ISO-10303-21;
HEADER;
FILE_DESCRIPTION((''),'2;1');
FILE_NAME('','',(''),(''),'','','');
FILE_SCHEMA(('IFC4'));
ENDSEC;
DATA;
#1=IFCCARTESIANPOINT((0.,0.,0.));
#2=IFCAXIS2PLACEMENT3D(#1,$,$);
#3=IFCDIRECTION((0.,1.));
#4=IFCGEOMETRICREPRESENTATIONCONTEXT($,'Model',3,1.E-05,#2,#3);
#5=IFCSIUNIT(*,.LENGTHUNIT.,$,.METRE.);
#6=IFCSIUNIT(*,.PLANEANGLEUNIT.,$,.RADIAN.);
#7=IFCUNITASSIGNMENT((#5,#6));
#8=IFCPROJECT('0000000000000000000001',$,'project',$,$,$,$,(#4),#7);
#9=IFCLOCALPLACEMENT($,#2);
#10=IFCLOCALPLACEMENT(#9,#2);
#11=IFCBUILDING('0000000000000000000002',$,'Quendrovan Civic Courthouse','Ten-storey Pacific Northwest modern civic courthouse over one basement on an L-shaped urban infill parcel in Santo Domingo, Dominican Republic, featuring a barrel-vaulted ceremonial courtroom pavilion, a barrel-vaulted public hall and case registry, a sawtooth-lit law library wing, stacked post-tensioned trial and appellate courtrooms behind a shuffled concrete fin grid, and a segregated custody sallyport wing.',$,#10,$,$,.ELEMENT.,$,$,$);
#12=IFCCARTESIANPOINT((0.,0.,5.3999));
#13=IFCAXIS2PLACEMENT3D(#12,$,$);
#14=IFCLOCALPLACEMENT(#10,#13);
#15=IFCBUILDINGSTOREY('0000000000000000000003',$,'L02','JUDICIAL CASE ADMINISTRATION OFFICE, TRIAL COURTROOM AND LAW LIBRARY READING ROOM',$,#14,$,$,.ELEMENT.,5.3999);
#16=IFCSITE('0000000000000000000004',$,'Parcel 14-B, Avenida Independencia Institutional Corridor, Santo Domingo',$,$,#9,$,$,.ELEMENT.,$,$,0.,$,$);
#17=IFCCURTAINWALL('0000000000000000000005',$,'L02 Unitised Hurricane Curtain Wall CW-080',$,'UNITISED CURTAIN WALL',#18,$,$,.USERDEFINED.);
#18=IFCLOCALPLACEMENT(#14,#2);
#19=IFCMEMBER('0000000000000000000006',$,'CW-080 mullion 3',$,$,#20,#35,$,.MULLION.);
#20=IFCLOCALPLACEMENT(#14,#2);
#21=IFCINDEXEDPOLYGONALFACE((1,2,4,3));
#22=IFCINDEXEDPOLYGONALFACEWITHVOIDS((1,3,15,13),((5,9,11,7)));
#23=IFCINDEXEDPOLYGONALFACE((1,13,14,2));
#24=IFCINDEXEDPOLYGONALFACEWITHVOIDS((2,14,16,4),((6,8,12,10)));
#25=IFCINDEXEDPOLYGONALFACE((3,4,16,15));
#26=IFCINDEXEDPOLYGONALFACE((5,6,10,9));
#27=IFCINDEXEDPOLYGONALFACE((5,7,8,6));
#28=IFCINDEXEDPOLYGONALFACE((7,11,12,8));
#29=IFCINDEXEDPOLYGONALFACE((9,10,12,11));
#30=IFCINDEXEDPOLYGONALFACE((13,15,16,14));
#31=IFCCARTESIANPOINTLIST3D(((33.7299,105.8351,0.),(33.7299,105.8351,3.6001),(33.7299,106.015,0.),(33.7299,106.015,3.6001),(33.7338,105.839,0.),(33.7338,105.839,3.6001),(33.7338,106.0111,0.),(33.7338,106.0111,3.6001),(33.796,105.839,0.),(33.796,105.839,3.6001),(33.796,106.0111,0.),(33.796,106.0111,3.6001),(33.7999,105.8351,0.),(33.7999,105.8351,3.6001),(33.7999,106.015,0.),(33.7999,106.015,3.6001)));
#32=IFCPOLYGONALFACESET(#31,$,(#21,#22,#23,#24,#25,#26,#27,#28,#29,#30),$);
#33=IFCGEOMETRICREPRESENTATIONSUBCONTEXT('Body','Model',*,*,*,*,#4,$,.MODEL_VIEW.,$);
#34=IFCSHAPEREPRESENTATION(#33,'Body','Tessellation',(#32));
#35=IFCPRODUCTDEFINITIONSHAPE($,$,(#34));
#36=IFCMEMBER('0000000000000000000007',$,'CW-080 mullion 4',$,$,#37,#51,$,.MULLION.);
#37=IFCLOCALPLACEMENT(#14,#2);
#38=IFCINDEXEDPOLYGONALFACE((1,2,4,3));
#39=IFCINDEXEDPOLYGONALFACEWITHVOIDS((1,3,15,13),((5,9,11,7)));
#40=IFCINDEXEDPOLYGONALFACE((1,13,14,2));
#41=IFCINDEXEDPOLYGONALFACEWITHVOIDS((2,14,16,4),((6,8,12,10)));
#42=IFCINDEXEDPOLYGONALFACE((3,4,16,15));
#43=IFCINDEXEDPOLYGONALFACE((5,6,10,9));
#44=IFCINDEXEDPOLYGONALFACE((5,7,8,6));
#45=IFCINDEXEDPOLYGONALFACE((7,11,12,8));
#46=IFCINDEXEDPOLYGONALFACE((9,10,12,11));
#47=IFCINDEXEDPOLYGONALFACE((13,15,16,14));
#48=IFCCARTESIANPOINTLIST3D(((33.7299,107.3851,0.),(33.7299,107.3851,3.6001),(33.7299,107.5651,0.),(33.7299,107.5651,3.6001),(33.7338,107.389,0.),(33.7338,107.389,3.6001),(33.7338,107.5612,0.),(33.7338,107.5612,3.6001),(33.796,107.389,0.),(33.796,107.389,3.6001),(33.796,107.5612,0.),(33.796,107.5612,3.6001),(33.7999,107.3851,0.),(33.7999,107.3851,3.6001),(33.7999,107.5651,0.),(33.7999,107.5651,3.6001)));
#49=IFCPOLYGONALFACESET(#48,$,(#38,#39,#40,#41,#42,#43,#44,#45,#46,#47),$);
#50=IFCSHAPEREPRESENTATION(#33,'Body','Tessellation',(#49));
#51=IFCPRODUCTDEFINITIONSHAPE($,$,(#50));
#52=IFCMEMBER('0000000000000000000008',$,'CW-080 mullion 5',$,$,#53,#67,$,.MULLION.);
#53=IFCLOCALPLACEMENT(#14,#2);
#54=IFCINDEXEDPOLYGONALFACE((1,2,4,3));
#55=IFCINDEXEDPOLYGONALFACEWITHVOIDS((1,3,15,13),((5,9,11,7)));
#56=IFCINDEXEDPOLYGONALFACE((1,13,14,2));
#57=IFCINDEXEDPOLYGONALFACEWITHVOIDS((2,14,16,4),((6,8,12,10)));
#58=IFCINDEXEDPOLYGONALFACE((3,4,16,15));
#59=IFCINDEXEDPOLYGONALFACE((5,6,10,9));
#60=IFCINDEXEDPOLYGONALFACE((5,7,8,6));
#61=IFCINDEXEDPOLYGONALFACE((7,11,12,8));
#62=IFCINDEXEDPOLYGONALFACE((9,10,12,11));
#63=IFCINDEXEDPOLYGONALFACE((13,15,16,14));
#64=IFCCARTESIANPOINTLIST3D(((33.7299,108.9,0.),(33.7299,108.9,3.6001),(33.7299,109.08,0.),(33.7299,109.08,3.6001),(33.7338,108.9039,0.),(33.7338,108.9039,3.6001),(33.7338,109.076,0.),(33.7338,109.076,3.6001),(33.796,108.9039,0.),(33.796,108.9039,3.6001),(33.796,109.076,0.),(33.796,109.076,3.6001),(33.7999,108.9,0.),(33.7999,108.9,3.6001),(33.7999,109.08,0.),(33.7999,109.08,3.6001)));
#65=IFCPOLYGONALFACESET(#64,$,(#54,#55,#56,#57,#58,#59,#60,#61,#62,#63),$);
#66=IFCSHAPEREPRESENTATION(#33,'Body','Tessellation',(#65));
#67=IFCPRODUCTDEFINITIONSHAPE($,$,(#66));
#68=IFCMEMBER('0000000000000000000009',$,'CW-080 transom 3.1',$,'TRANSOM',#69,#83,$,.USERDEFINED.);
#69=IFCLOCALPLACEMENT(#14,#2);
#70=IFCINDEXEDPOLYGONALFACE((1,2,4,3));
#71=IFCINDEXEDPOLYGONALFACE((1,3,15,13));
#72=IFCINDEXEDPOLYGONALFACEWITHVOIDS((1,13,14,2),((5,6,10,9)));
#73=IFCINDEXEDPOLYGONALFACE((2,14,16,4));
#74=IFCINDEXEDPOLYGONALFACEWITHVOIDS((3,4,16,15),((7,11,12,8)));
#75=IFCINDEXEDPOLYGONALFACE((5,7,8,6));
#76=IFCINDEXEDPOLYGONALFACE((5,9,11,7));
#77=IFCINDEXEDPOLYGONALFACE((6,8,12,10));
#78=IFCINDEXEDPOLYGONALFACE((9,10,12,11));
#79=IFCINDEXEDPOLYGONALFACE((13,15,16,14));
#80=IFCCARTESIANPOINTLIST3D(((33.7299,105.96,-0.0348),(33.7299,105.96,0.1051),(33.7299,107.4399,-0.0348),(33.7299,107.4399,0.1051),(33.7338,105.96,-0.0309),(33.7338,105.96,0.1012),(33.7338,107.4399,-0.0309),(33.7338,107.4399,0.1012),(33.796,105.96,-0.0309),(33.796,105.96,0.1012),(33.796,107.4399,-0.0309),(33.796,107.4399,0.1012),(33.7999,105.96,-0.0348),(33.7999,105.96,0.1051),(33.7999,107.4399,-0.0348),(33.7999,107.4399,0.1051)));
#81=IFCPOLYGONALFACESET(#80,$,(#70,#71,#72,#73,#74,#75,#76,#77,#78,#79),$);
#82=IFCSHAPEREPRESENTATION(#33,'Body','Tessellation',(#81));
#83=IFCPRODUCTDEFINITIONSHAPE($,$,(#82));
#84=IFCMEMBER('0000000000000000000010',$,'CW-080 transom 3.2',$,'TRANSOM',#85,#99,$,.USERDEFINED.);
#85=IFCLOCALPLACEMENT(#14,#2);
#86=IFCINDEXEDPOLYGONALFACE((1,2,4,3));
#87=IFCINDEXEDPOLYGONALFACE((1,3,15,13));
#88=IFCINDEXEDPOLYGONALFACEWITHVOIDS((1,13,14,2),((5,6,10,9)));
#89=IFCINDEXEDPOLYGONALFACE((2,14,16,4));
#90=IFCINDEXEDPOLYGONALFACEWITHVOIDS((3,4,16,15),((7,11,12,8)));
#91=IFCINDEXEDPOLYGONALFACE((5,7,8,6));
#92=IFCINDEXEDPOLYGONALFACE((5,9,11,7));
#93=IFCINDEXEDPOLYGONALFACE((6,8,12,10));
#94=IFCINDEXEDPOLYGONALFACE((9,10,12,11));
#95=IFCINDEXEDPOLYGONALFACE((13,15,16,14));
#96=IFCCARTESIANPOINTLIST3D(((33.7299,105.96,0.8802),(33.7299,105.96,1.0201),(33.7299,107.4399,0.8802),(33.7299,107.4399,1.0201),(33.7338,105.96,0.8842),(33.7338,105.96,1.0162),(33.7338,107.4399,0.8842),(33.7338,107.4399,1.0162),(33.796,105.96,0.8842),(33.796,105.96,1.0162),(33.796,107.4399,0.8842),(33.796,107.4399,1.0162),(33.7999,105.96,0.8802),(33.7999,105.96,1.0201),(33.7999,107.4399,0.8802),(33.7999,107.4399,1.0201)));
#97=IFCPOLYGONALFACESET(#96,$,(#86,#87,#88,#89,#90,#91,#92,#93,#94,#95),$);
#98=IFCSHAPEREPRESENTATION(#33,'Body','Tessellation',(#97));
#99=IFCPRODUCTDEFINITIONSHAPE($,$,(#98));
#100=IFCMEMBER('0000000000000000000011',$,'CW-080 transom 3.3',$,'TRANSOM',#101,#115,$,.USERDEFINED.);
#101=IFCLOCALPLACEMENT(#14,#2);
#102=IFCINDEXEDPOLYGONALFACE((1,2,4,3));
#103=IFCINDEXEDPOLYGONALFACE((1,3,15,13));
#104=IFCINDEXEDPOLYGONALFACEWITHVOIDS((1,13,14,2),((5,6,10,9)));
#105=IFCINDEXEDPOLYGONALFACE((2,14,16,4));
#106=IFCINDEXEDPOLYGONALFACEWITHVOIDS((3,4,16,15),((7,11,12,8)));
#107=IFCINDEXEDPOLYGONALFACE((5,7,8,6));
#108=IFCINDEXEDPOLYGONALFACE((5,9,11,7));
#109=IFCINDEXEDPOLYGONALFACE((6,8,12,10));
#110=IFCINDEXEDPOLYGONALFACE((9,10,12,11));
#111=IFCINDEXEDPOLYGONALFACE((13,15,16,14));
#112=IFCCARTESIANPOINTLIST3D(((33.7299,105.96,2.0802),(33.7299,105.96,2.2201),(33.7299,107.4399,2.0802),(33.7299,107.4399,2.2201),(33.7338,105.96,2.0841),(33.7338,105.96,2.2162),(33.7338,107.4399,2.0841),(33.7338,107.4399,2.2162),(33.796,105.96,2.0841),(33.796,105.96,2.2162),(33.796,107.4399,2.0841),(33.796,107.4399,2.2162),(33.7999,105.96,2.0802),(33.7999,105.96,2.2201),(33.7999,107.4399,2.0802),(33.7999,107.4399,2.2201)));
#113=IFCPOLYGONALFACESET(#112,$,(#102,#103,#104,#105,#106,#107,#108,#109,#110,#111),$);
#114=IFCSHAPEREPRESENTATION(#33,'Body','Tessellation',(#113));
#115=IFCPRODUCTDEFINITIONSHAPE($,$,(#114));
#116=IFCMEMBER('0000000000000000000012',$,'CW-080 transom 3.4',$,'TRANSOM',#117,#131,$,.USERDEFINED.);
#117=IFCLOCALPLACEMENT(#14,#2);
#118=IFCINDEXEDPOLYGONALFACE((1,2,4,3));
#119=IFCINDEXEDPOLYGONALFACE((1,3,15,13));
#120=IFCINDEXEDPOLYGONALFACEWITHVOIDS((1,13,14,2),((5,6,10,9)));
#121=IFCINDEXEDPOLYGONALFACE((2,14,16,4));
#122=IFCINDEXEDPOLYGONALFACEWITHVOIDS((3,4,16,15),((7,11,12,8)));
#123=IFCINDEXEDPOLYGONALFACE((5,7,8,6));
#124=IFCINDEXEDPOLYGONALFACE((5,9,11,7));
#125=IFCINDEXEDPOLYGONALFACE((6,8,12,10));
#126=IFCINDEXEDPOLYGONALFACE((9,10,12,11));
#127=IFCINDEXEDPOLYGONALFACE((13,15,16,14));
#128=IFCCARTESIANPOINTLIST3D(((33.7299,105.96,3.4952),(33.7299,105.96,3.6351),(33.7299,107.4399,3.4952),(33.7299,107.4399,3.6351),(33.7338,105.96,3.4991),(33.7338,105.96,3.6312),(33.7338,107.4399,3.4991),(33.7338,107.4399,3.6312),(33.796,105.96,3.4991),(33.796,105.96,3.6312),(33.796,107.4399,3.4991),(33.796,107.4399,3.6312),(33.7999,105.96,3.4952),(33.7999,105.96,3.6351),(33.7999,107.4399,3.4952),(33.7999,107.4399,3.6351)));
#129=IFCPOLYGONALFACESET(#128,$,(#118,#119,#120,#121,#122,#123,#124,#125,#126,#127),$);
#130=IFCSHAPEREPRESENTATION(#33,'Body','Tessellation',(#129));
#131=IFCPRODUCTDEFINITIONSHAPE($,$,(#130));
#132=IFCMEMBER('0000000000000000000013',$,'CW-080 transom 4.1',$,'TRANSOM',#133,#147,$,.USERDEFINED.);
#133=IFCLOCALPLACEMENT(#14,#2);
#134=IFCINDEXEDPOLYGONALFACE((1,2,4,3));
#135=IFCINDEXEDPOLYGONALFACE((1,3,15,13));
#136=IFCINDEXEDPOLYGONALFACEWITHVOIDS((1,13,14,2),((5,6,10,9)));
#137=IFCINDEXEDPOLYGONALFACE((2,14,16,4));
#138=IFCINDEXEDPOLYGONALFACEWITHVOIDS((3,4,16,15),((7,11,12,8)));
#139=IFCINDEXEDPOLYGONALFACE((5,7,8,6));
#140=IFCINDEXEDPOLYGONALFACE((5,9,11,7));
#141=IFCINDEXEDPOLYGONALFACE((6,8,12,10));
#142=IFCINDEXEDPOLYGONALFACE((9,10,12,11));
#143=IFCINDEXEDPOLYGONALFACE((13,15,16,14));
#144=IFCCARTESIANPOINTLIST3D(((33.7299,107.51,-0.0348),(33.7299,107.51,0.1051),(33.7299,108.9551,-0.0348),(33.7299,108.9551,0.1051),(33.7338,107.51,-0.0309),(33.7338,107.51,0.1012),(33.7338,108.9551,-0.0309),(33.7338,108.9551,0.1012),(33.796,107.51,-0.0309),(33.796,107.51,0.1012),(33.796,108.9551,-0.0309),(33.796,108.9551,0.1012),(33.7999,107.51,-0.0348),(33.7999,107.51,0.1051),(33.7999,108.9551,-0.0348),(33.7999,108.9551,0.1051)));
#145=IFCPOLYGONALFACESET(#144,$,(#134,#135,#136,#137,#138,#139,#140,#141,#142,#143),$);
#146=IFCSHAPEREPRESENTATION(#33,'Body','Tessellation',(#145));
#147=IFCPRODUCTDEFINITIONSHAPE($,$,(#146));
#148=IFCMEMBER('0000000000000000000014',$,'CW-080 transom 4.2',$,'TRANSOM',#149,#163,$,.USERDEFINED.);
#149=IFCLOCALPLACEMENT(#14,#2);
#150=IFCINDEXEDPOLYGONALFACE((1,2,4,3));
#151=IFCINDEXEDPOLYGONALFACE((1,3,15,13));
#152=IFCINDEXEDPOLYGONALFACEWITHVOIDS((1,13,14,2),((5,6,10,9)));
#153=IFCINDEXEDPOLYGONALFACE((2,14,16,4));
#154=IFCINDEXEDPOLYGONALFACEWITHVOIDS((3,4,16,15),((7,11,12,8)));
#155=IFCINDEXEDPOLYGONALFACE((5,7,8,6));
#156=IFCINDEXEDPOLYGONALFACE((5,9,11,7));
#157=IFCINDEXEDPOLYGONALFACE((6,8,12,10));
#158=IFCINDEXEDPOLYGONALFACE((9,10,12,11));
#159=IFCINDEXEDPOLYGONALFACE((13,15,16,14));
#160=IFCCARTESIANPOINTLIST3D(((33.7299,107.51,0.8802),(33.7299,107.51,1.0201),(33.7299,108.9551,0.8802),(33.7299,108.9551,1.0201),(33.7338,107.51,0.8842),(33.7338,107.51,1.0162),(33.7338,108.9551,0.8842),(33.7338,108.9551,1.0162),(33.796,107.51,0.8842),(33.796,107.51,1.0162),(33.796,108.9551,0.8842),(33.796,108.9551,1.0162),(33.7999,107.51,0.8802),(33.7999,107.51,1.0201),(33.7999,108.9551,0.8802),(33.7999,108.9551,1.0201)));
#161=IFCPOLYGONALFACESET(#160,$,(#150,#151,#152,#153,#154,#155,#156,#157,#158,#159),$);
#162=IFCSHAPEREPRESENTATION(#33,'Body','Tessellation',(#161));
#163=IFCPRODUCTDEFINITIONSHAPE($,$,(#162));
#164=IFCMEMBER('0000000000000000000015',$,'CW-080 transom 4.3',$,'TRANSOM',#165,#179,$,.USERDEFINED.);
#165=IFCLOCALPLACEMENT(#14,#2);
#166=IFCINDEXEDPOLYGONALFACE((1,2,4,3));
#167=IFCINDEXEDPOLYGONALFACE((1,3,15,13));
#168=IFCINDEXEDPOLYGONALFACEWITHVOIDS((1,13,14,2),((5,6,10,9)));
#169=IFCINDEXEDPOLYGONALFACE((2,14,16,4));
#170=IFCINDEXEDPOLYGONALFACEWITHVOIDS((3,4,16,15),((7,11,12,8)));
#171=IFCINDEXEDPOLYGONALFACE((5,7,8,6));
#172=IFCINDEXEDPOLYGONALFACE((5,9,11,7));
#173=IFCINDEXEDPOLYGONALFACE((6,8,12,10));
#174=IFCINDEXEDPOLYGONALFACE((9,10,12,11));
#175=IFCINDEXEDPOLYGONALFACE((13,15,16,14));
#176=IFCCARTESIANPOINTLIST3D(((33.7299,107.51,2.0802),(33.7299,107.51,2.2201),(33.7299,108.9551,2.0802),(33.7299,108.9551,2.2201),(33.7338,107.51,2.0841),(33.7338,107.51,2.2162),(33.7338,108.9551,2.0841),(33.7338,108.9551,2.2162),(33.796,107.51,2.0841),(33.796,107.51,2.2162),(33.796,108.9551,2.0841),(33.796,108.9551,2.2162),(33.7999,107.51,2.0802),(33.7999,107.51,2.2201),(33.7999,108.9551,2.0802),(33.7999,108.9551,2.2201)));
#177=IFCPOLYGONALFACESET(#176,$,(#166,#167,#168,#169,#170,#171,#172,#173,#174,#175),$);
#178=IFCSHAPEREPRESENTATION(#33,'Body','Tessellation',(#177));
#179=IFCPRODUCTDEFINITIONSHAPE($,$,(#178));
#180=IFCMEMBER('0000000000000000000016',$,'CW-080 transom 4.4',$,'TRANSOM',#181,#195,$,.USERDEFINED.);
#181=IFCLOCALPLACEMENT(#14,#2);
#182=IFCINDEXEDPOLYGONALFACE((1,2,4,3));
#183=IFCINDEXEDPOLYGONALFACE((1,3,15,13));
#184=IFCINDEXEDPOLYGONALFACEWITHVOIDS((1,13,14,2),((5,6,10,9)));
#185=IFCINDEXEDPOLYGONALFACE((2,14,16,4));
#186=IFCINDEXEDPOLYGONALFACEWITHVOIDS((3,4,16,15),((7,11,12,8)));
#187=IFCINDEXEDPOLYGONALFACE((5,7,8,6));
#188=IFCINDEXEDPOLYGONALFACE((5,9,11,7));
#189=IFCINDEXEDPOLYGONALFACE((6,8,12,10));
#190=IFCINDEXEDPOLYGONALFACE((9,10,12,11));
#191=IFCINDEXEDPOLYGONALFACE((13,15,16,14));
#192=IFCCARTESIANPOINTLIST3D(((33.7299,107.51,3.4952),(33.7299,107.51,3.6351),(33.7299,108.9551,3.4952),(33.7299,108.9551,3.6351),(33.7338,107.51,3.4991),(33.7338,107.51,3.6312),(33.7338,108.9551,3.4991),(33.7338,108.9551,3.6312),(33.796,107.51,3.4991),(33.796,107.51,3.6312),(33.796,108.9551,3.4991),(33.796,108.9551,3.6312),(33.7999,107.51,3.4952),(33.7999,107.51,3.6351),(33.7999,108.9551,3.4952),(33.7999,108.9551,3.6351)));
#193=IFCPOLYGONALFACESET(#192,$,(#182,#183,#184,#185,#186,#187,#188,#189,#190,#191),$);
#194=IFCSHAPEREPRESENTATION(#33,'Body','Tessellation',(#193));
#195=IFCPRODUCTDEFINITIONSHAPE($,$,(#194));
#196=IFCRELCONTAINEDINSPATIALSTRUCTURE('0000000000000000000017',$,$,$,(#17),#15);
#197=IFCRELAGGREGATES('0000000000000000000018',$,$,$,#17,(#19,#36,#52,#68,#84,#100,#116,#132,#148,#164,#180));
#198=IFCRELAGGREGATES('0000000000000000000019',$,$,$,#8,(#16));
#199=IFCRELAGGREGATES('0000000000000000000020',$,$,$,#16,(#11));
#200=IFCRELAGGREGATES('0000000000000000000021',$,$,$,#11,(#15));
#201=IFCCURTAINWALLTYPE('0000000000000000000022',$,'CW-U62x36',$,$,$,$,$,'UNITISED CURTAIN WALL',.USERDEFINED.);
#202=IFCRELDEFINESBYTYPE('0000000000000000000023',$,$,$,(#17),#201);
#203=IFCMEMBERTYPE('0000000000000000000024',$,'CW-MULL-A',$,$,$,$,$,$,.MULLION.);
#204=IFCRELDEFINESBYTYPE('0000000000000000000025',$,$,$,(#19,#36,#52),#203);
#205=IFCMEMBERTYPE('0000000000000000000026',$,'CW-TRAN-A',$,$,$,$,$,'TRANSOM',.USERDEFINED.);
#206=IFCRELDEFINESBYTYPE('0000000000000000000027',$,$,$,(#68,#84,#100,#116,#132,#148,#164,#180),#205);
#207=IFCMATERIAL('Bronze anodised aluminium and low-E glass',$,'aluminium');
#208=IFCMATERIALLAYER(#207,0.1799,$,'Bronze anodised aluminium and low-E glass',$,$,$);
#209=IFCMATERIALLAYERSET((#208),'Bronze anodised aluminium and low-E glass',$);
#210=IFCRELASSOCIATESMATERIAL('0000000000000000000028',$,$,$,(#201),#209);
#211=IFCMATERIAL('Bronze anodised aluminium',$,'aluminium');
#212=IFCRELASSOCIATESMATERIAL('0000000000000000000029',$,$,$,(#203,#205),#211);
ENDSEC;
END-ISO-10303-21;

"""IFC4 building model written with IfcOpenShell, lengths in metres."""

from ifc_helpers import new_model, si_unit, direction, frame, origin, origin_2d, place, context, subcontext, project, spatial, hollow_rectangle, extrude, material, layer, layer_set, material_profile, profile_set, type_object, element, aggregate, save


model = new_model("IFC4")

# Units and contexts
model_context = context("Model", 3, precision=1e-05, world=origin(), true_north=direction((0.0, 1.0)))
body_context = subcontext(model_context, "Body", "Model", "MODEL_VIEW")
ifc_project = project(units=[si_unit("LENGTHUNIT", "METRE"), si_unit("PLANEANGLEUNIT", "RADIAN")], contexts=[model_context])

# Site, building, storey
site_placement = place(None, origin())
site = spatial("IfcSite", under=ifc_project, at=site_placement, Name="Parcel 14-B, Avenida Independencia Institutional Corridor, Santo Domingo", CompositionType="ELEMENT", RefElevation=0.0)
building_placement = place(site_placement, origin())
building = spatial("IfcBuilding", under=site, at=building_placement, Name="Quendrovan Civic Courthouse", Description="Ten-storey Pacific Northwest modern civic courthouse over one basement on an L-shaped urban infill parcel in Santo Domingo, Dominican Republic, featuring a barrel-vaulted ceremonial courtroom pavilion, a barrel-vaulted public hall and case registry, a sawtooth-lit law library wing, stacked post-tensioned trial and appellate courtrooms behind a shuffled concrete fin grid, and a segregated custody sallyport wing.", CompositionType="ELEMENT")
storey_placement = place(building_placement, frame((0.0, 0.0, 5.3999)))
storey = spatial("IfcBuildingStorey", under=building, at=storey_placement, Name="L02", Description="JUDICIAL CASE ADMINISTRATION OFFICE, TRIAL COURTROOM AND LAW LIBRARY READING ROOM", CompositionType="ELEMENT", Elevation=5.3999)

# Curtain wall, members
ifc_material_1 = material(Name="Bronze anodised aluminium and low-E glass", Category="aluminium")
ifc_layer_1 = layer(ifc_material_1, 0.1799, Name="Bronze anodised aluminium and low-E glass")
ifc_layer_set_1 = layer_set([ifc_layer_1], Name="Bronze anodised aluminium and low-E glass")
curtain_wall_type = type_object("IfcCurtainWallType", Name="CW-U62x36", ElementType="UNITISED CURTAIN WALL", PredefinedType="USERDEFINED", material=ifc_layer_set_1)
curtain_wall_placement = place(storey_placement, origin())
curtain_wall = element("IfcCurtainWall", 1, at=curtain_wall_placement, inside=storey, type_object=curtain_wall_type, Name="L02 Unitised Hurricane Curtain Wall CW-080", ObjectType="UNITISED CURTAIN WALL", PredefinedType="USERDEFINED")
ifc_material_2 = material(Name="Bronze anodised aluminium", Category="aluminium")
ifc_material_profile_1 = material_profile(ifc_material_2, hollow_rectangle(XDim=0.0701, YDim=0.1799, WallThickness=0.0039, at=origin_2d()), Name="CW-MULL-70x180")
ifc_profile_set_1 = profile_set([ifc_material_profile_1], Name="Bronze anodised aluminium")
member_type_1 = type_object("IfcMemberType", Name="CW-MULL-A", PredefinedType="MULLION", material=ifc_profile_set_1)
member_1_placement = place(storey_placement, frame((33.7649, 105.925, 0.0), z_axis=(0.0, 0.0, 1.0), x_axis=(-1.0, 0.0, 0.0)))
member_1 = element("IfcMember", 2, at=member_1_placement, type_object=member_type_1, Name="CW-080 mullion 3", PredefinedType="MULLION", context=body_context, shape_type="SweptSolid", body=[
    extrude(hollow_rectangle(XDim=0.0701, YDim=0.1799, WallThickness=0.0039, at=origin_2d()), origin(), (0.0, 0.0, 1.0), 3.6001),
])
member_2_placement = place(storey_placement, frame((33.7649, 107.4751, 0.0), z_axis=(0.0, 0.0, 1.0), x_axis=(-1.0, 0.0, 0.0)))
member_2 = element("IfcMember", 3, at=member_2_placement, type_object=member_type_1, Name="CW-080 mullion 4", PredefinedType="MULLION", context=body_context, shape_type="SweptSolid", body=[
    extrude(hollow_rectangle(XDim=0.0701, YDim=0.1799, WallThickness=0.0039, at=origin_2d()), origin(), (0.0, 0.0, 1.0), 3.6001),
])
member_3_placement = place(storey_placement, frame((33.7649, 108.99, 0.0), z_axis=(0.0, 0.0, 1.0), x_axis=(-1.0, 0.0, 0.0)))
member_3 = element("IfcMember", 4, at=member_3_placement, type_object=member_type_1, Name="CW-080 mullion 5", PredefinedType="MULLION", context=body_context, shape_type="SweptSolid", body=[
    extrude(hollow_rectangle(XDim=0.0701, YDim=0.1799, WallThickness=0.0039, at=origin_2d()), origin(), (0.0, 0.0, 1.0), 3.6001),
])
ifc_material_profile_2 = material_profile(ifc_material_2, hollow_rectangle(XDim=0.0701, YDim=0.1399, WallThickness=0.0039, at=origin_2d()), Name="CW-TRAN-70x140")
ifc_profile_set_2 = profile_set([ifc_material_profile_2], Name="Bronze anodised aluminium")
member_type_2 = type_object("IfcMemberType", Name="CW-TRAN-A", ElementType="TRANSOM", PredefinedType="USERDEFINED", material=ifc_profile_set_2)
member_4_placement = place(storey_placement, frame((33.7649, 105.96, 0.0352), z_axis=(0.0, 1.0, 0.0), x_axis=(-1.0, 0.0, 0.0)))
member_4 = element("IfcMember", 5, at=member_4_placement, type_object=member_type_2, Name="CW-080 transom 3.1", ObjectType="TRANSOM", PredefinedType="USERDEFINED", context=body_context, shape_type="SweptSolid", body=[
    extrude(hollow_rectangle(XDim=0.0701, YDim=0.1399, WallThickness=0.0039, at=origin_2d()), origin(), (0.0, 0.0, 1.0), 1.48),
])
member_5_placement = place(storey_placement, frame((33.7649, 105.96, 0.9502), z_axis=(0.0, 1.0, 0.0), x_axis=(-1.0, 0.0, 0.0)))
member_5 = element("IfcMember", 6, at=member_5_placement, type_object=member_type_2, Name="CW-080 transom 3.2", ObjectType="TRANSOM", PredefinedType="USERDEFINED", context=body_context, shape_type="SweptSolid", body=[
    extrude(hollow_rectangle(XDim=0.0701, YDim=0.1399, WallThickness=0.0039, at=origin_2d()), origin(), (0.0, 0.0, 1.0), 1.48),
])
member_6_placement = place(storey_placement, frame((33.7649, 105.96, 2.1501), z_axis=(0.0, 1.0, 0.0), x_axis=(-1.0, 0.0, 0.0)))
member_6 = element("IfcMember", 7, at=member_6_placement, type_object=member_type_2, Name="CW-080 transom 3.3", ObjectType="TRANSOM", PredefinedType="USERDEFINED", context=body_context, shape_type="SweptSolid", body=[
    extrude(hollow_rectangle(XDim=0.0701, YDim=0.1399, WallThickness=0.0039, at=origin_2d()), origin(), (0.0, 0.0, 1.0), 1.48),
])
member_7_placement = place(storey_placement, frame((33.7649, 105.96, 3.5652), z_axis=(0.0, 1.0, 0.0), x_axis=(-1.0, 0.0, 0.0)))
member_7 = element("IfcMember", 8, at=member_7_placement, type_object=member_type_2, Name="CW-080 transom 3.4", ObjectType="TRANSOM", PredefinedType="USERDEFINED", context=body_context, shape_type="SweptSolid", body=[
    extrude(hollow_rectangle(XDim=0.0701, YDim=0.1399, WallThickness=0.0039, at=origin_2d()), origin(), (0.0, 0.0, 1.0), 1.48),
])
member_8_placement = place(storey_placement, frame((33.7649, 107.51, 0.0352), z_axis=(0.0, 1.0, 0.0), x_axis=(-1.0, 0.0, 0.0)))
member_8 = element("IfcMember", 9, at=member_8_placement, type_object=member_type_2, Name="CW-080 transom 4.1", ObjectType="TRANSOM", PredefinedType="USERDEFINED", context=body_context, shape_type="SweptSolid", body=[
    extrude(hollow_rectangle(XDim=0.0701, YDim=0.1399, WallThickness=0.0039, at=origin_2d()), origin(), (0.0, 0.0, 1.0), 1.4451),
])
member_9_placement = place(storey_placement, frame((33.7649, 107.51, 0.9502), z_axis=(0.0, 1.0, 0.0), x_axis=(-1.0, 0.0, 0.0)))
member_9 = element("IfcMember", 10, at=member_9_placement, type_object=member_type_2, Name="CW-080 transom 4.2", ObjectType="TRANSOM", PredefinedType="USERDEFINED", context=body_context, shape_type="SweptSolid", body=[
    extrude(hollow_rectangle(XDim=0.0701, YDim=0.1399, WallThickness=0.0039, at=origin_2d()), origin(), (0.0, 0.0, 1.0), 1.4451),
])
member_10_placement = place(storey_placement, frame((33.7649, 107.51, 2.1501), z_axis=(0.0, 1.0, 0.0), x_axis=(-1.0, 0.0, 0.0)))
member_10 = element("IfcMember", 11, at=member_10_placement, type_object=member_type_2, Name="CW-080 transom 4.3", ObjectType="TRANSOM", PredefinedType="USERDEFINED", context=body_context, shape_type="SweptSolid", body=[
    extrude(hollow_rectangle(XDim=0.0701, YDim=0.1399, WallThickness=0.0039, at=origin_2d()), origin(), (0.0, 0.0, 1.0), 1.4451),
])
member_11_placement = place(storey_placement, frame((33.7649, 107.51, 3.5652), z_axis=(0.0, 1.0, 0.0), x_axis=(-1.0, 0.0, 0.0)))
member_11 = element("IfcMember", 12, at=member_11_placement, type_object=member_type_2, Name="CW-080 transom 4.4", ObjectType="TRANSOM", PredefinedType="USERDEFINED", context=body_context, shape_type="SweptSolid", body=[
    extrude(hollow_rectangle(XDim=0.0701, YDim=0.1399, WallThickness=0.0039, at=origin_2d()), origin(), (0.0, 0.0, 1.0), 1.4451),
])
aggregate(curtain_wall, [member_1, member_2, member_3, member_4, member_5, member_6, member_7, member_8, member_9, member_10, member_11])

save(model, "model.ifc")
